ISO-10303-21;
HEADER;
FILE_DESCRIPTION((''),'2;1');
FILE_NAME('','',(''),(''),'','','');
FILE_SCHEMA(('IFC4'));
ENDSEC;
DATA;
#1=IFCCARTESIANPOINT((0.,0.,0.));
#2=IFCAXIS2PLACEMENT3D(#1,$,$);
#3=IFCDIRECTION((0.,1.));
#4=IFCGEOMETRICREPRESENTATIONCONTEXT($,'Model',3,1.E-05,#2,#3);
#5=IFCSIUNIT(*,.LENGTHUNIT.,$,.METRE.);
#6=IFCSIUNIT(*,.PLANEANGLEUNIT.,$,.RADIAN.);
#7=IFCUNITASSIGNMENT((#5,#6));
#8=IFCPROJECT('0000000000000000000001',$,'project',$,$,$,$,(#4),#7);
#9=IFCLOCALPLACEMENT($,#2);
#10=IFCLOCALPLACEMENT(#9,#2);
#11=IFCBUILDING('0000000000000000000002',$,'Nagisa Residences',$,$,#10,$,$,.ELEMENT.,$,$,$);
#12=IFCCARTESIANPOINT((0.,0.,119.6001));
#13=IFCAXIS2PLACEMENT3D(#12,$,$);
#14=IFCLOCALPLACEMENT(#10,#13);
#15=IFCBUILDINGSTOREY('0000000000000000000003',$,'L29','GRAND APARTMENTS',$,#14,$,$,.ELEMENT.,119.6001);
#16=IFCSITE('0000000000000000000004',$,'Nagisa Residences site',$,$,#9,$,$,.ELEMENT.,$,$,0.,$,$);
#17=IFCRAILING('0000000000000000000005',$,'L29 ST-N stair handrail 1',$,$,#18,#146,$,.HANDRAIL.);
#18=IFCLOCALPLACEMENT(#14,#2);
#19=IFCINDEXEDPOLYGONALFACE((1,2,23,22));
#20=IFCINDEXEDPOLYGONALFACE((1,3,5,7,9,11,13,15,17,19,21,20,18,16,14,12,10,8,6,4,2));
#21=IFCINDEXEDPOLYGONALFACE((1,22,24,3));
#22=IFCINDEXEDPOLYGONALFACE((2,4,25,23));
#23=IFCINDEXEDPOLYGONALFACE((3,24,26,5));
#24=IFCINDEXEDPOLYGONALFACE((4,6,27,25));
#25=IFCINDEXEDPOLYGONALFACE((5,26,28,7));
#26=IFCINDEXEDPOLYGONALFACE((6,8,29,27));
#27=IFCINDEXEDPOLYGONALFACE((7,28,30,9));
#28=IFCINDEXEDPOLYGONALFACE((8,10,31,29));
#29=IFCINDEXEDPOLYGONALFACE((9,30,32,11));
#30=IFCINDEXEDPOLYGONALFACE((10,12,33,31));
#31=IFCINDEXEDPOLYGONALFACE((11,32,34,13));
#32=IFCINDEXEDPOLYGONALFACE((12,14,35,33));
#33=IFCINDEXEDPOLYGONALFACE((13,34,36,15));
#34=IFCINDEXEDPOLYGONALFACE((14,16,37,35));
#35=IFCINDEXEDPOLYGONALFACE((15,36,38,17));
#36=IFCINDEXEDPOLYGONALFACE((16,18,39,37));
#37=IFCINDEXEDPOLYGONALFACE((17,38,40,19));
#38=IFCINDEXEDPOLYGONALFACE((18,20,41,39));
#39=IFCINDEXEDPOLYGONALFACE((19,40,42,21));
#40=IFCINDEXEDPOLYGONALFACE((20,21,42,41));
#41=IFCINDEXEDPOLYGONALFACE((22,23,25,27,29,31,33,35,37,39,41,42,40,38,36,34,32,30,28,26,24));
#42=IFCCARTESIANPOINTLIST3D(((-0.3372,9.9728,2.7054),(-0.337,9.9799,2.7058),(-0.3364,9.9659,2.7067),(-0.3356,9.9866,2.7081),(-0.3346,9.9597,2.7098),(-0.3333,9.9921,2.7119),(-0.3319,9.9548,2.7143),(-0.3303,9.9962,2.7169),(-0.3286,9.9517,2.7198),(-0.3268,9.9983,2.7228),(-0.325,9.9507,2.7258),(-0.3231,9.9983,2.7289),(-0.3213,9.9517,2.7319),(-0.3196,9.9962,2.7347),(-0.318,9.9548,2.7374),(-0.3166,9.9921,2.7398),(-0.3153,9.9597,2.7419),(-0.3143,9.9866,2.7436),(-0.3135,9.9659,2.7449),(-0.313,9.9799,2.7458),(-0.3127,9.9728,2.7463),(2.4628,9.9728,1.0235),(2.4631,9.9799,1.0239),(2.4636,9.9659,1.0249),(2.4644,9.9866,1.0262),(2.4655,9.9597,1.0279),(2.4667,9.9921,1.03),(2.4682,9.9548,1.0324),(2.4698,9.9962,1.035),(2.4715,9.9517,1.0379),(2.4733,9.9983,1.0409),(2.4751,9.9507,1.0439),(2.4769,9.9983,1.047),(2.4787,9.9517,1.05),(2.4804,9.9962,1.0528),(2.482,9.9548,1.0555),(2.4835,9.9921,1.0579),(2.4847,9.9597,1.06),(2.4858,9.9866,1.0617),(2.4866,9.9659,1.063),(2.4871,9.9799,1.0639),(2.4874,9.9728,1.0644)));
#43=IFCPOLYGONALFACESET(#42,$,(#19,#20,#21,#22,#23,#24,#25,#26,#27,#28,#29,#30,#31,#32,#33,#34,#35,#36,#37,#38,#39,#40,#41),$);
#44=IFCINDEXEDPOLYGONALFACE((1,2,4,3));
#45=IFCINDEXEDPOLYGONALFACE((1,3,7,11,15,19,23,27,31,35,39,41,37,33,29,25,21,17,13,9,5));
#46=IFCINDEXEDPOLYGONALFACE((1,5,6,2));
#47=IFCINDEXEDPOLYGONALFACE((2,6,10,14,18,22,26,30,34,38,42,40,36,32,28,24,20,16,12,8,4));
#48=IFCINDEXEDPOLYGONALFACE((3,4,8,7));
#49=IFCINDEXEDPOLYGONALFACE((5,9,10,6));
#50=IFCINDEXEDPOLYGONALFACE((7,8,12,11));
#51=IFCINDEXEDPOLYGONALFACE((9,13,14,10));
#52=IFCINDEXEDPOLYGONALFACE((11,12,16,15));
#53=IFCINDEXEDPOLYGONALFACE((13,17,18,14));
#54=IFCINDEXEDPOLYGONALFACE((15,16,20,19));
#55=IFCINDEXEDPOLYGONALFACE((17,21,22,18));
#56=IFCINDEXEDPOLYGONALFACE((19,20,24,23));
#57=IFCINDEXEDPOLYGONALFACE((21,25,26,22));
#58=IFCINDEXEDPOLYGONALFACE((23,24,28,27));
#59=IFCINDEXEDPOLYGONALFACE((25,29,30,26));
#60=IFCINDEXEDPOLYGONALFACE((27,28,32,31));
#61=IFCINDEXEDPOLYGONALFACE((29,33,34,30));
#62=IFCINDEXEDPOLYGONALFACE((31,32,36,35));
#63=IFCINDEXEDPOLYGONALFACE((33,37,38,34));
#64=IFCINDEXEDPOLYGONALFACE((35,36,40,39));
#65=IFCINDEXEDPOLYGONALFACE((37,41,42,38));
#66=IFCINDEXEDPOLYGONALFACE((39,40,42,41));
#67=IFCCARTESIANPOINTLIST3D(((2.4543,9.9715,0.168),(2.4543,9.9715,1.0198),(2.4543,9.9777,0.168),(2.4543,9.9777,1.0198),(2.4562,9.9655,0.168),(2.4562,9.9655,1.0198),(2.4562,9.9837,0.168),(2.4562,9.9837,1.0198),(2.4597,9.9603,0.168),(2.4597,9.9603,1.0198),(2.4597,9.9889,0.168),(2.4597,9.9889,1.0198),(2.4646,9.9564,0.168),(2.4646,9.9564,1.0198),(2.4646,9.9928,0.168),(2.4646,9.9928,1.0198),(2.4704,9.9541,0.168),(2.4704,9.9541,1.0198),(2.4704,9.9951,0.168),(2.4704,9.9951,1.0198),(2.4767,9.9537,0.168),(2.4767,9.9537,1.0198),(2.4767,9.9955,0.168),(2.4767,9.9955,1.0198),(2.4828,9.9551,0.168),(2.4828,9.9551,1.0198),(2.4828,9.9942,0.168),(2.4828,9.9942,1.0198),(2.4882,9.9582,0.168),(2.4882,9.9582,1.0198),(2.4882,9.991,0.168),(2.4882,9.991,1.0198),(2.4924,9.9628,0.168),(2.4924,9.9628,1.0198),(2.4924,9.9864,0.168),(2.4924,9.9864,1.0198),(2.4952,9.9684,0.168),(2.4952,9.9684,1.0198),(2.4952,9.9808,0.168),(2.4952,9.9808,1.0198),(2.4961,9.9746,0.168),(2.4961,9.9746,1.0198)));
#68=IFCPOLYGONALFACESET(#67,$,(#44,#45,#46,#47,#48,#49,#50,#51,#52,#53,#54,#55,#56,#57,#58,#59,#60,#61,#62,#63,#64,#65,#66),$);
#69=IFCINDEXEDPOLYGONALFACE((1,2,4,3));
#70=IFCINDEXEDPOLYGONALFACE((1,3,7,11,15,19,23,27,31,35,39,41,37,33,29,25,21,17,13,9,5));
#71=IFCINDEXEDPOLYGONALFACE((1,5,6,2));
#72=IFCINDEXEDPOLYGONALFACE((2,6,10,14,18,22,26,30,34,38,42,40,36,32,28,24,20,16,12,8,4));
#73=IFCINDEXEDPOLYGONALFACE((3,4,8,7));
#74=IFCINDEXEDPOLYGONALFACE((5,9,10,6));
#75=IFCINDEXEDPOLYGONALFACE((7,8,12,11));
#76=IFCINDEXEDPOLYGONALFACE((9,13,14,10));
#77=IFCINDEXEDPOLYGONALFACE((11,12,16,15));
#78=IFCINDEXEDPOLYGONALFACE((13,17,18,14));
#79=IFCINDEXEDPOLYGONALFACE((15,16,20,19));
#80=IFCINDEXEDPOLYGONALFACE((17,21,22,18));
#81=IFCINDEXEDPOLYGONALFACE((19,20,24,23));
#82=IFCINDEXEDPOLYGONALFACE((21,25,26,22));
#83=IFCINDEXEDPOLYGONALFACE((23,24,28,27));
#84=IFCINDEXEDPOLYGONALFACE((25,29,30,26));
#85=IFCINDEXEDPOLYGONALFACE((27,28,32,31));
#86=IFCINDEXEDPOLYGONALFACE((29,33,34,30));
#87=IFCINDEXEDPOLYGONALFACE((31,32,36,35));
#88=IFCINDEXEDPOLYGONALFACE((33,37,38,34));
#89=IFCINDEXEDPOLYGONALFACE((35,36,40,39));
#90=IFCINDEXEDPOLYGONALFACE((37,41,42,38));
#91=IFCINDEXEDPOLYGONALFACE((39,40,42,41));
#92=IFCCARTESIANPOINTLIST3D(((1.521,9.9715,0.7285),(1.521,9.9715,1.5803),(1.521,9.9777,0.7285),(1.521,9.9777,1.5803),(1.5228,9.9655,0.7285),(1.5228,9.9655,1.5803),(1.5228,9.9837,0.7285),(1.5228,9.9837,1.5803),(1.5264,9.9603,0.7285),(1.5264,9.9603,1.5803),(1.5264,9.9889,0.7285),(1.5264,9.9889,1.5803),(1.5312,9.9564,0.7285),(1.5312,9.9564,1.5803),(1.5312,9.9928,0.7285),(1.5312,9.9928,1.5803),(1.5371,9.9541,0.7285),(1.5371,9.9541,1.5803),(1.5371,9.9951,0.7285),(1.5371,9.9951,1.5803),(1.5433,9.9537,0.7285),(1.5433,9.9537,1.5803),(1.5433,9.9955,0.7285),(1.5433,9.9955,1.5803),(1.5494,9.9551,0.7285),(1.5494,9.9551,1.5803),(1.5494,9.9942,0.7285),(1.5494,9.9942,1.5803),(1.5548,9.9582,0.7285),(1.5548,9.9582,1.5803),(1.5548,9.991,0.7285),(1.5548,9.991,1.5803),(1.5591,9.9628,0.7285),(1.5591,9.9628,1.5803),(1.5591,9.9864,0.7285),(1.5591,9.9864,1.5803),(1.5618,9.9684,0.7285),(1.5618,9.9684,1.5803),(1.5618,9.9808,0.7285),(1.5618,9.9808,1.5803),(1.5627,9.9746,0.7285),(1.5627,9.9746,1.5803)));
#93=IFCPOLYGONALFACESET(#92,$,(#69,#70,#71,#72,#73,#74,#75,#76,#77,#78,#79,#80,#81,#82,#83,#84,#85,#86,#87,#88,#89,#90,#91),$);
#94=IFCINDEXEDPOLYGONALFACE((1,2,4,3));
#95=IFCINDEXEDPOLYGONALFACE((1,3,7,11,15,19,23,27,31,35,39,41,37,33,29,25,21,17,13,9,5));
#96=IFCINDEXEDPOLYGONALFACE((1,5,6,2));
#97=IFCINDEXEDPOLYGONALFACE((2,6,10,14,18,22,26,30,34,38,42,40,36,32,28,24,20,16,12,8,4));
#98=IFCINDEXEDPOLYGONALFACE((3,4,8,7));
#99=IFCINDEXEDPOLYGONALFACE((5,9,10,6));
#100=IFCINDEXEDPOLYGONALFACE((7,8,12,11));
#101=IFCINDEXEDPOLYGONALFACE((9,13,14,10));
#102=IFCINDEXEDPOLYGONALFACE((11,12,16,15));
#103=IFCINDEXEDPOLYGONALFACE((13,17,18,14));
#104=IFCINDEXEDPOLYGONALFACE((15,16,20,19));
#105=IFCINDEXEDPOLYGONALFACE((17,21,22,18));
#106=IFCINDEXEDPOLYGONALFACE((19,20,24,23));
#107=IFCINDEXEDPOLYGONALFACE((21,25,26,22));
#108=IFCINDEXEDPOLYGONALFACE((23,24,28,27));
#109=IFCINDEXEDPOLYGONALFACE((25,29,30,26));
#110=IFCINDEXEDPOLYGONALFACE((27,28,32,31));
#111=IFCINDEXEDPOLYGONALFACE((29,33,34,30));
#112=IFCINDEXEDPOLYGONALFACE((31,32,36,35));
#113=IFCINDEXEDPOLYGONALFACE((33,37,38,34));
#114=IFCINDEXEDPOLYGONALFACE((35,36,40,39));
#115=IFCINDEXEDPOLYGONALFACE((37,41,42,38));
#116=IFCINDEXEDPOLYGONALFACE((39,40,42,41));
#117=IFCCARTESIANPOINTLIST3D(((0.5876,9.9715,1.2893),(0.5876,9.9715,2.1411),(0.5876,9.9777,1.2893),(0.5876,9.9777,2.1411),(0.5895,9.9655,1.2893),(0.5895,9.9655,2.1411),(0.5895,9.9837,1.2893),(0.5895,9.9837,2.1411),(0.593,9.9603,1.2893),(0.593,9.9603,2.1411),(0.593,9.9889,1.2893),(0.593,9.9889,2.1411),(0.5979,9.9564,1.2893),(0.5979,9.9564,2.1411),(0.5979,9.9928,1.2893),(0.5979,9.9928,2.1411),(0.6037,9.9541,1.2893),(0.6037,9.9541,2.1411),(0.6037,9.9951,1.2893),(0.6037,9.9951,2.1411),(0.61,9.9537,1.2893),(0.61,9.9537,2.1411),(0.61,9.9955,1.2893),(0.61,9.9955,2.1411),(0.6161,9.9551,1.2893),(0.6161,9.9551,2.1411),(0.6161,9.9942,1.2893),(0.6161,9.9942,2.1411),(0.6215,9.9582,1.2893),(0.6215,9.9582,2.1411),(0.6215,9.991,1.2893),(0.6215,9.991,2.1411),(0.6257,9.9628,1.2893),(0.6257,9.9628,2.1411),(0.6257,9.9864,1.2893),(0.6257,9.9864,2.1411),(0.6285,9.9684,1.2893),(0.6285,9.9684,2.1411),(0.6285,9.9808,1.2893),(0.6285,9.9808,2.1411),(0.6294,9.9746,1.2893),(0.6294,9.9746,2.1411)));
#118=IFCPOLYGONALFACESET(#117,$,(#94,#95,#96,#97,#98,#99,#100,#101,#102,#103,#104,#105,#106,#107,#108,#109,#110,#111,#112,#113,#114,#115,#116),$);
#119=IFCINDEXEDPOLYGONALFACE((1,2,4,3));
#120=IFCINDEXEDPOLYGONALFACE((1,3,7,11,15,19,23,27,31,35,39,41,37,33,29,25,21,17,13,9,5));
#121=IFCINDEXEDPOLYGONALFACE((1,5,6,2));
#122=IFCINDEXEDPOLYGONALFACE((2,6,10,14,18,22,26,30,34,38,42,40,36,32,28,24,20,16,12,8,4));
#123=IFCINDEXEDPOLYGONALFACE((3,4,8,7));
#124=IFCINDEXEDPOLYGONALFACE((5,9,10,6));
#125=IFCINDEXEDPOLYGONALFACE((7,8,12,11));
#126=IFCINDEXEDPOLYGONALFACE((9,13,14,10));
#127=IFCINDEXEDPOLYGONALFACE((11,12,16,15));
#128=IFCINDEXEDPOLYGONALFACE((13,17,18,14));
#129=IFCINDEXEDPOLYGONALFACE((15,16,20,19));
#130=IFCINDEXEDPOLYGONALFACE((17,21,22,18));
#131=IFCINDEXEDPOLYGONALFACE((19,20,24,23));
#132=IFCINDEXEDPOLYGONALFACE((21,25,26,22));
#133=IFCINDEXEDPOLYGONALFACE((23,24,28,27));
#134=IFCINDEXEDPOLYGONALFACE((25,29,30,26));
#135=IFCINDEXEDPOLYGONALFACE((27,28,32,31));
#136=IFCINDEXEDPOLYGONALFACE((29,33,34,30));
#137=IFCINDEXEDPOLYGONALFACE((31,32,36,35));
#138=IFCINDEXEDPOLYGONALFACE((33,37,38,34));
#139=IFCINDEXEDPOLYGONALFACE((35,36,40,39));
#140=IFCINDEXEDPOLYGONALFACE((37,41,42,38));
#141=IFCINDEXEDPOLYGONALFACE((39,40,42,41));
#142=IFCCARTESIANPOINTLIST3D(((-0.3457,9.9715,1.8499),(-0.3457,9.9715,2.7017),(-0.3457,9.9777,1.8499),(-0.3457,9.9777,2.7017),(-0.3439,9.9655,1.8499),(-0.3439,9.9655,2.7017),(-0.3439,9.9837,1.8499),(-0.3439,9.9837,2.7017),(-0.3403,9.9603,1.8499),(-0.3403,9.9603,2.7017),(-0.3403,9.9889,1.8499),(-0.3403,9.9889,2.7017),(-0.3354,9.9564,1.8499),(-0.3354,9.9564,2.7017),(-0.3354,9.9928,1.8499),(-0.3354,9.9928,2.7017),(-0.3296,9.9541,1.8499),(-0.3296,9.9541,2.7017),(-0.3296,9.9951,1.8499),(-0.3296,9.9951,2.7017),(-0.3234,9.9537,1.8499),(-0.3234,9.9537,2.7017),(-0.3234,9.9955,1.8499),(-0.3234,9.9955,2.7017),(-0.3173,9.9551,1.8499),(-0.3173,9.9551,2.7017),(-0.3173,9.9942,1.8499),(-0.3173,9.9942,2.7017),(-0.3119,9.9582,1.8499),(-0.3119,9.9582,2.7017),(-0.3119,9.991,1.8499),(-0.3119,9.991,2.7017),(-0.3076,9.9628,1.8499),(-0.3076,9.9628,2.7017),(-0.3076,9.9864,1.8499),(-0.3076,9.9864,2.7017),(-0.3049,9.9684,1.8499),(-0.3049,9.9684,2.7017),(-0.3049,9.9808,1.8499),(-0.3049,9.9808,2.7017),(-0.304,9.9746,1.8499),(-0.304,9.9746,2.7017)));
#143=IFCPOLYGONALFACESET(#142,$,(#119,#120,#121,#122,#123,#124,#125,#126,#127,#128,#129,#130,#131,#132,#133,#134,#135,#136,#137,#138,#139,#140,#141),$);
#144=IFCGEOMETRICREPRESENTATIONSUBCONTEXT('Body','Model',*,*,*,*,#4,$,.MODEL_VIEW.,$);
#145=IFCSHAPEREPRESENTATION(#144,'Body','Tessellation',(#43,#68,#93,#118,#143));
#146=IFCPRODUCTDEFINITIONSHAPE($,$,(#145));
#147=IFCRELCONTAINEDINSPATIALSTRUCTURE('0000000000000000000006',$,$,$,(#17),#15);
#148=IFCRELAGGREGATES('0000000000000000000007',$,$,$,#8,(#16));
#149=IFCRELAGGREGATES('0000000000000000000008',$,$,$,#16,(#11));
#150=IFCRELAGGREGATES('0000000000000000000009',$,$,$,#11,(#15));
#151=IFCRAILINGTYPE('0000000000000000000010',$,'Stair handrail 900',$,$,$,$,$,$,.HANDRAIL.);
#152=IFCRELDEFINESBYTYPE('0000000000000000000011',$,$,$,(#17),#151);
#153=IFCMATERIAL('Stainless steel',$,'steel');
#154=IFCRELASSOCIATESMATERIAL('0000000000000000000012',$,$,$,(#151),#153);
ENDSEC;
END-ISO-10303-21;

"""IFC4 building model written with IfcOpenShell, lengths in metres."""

from ifc_helpers import new_model, si_unit, direction, frame, origin, origin_2d, place, context, subcontext, project, spatial, circle, extrude, material, type_object, element, save


model = new_model("IFC4")

# Units and contexts
model_context = context("Model", 3, precision=1e-05, world=origin(), true_north=direction((0.0, 1.0)))
body_context = subcontext(model_context, "Body", "Model", "MODEL_VIEW")
ifc_project = project(units=[si_unit("LENGTHUNIT", "METRE"), si_unit("PLANEANGLEUNIT", "RADIAN")], contexts=[model_context])

# Site, building, storey
site_placement = place(None, origin())
site = spatial("IfcSite", under=ifc_project, at=site_placement, Name="Nagisa Residences site", CompositionType="ELEMENT", RefElevation=0.0)
building_placement = place(site_placement, origin())
building = spatial("IfcBuilding", under=site, at=building_placement, Name="Nagisa Residences", CompositionType="ELEMENT")
storey_placement = place(building_placement, frame((0.0, 0.0, 119.6001)))
storey = spatial("IfcBuildingStorey", under=building, at=storey_placement, Name="L29", Description="GRAND APARTMENTS", CompositionType="ELEMENT", Elevation=119.6001)

# Railing
ifc_material_1 = material(Name="Stainless steel", Category="steel")
railing_type_1 = type_object("IfcRailingType", Name="Stair handrail 900", PredefinedType="HANDRAIL", material=ifc_material_1)
railing_1_placement = place(storey_placement, frame((2.4751, 9.9746, 0.168)))
element("IfcRailing", 1, at=railing_1_placement, inside=storey, type_object=railing_type_1, Name="L29 ST-N stair handrail 1", PredefinedType="HANDRAIL", context=body_context, shape_type="SweptSolid", body=[
    extrude(circle(Radius=0.0239, at=origin_2d()), frame((0.0, 0.0, 0.876), z_axis=(-0.857242, 0.0, 0.514913), x_axis=(0.0, -1.0, 0.0)), (0.0, 0.0, 1.0), 3.2664),
    extrude(circle(Radius=0.021, at=origin_2d()), origin(), (0.0, 0.0, 1.0), 0.8518),
    extrude(circle(Radius=0.021, at=origin_2d()), frame((-0.9333, 0.0, 0.5605)), (0.0, 0.0, 1.0), 0.8518),
    extrude(circle(Radius=0.021, at=origin_2d()), frame((-1.8667, 0.0, 1.1213)), (0.0, 0.0, 1.0), 0.8518),
    extrude(circle(Radius=0.021, at=origin_2d()), frame((-2.8, 0.0, 1.6819)), (0.0, 0.0, 1.0), 0.8518),
])

save(model, "model.ifc")
